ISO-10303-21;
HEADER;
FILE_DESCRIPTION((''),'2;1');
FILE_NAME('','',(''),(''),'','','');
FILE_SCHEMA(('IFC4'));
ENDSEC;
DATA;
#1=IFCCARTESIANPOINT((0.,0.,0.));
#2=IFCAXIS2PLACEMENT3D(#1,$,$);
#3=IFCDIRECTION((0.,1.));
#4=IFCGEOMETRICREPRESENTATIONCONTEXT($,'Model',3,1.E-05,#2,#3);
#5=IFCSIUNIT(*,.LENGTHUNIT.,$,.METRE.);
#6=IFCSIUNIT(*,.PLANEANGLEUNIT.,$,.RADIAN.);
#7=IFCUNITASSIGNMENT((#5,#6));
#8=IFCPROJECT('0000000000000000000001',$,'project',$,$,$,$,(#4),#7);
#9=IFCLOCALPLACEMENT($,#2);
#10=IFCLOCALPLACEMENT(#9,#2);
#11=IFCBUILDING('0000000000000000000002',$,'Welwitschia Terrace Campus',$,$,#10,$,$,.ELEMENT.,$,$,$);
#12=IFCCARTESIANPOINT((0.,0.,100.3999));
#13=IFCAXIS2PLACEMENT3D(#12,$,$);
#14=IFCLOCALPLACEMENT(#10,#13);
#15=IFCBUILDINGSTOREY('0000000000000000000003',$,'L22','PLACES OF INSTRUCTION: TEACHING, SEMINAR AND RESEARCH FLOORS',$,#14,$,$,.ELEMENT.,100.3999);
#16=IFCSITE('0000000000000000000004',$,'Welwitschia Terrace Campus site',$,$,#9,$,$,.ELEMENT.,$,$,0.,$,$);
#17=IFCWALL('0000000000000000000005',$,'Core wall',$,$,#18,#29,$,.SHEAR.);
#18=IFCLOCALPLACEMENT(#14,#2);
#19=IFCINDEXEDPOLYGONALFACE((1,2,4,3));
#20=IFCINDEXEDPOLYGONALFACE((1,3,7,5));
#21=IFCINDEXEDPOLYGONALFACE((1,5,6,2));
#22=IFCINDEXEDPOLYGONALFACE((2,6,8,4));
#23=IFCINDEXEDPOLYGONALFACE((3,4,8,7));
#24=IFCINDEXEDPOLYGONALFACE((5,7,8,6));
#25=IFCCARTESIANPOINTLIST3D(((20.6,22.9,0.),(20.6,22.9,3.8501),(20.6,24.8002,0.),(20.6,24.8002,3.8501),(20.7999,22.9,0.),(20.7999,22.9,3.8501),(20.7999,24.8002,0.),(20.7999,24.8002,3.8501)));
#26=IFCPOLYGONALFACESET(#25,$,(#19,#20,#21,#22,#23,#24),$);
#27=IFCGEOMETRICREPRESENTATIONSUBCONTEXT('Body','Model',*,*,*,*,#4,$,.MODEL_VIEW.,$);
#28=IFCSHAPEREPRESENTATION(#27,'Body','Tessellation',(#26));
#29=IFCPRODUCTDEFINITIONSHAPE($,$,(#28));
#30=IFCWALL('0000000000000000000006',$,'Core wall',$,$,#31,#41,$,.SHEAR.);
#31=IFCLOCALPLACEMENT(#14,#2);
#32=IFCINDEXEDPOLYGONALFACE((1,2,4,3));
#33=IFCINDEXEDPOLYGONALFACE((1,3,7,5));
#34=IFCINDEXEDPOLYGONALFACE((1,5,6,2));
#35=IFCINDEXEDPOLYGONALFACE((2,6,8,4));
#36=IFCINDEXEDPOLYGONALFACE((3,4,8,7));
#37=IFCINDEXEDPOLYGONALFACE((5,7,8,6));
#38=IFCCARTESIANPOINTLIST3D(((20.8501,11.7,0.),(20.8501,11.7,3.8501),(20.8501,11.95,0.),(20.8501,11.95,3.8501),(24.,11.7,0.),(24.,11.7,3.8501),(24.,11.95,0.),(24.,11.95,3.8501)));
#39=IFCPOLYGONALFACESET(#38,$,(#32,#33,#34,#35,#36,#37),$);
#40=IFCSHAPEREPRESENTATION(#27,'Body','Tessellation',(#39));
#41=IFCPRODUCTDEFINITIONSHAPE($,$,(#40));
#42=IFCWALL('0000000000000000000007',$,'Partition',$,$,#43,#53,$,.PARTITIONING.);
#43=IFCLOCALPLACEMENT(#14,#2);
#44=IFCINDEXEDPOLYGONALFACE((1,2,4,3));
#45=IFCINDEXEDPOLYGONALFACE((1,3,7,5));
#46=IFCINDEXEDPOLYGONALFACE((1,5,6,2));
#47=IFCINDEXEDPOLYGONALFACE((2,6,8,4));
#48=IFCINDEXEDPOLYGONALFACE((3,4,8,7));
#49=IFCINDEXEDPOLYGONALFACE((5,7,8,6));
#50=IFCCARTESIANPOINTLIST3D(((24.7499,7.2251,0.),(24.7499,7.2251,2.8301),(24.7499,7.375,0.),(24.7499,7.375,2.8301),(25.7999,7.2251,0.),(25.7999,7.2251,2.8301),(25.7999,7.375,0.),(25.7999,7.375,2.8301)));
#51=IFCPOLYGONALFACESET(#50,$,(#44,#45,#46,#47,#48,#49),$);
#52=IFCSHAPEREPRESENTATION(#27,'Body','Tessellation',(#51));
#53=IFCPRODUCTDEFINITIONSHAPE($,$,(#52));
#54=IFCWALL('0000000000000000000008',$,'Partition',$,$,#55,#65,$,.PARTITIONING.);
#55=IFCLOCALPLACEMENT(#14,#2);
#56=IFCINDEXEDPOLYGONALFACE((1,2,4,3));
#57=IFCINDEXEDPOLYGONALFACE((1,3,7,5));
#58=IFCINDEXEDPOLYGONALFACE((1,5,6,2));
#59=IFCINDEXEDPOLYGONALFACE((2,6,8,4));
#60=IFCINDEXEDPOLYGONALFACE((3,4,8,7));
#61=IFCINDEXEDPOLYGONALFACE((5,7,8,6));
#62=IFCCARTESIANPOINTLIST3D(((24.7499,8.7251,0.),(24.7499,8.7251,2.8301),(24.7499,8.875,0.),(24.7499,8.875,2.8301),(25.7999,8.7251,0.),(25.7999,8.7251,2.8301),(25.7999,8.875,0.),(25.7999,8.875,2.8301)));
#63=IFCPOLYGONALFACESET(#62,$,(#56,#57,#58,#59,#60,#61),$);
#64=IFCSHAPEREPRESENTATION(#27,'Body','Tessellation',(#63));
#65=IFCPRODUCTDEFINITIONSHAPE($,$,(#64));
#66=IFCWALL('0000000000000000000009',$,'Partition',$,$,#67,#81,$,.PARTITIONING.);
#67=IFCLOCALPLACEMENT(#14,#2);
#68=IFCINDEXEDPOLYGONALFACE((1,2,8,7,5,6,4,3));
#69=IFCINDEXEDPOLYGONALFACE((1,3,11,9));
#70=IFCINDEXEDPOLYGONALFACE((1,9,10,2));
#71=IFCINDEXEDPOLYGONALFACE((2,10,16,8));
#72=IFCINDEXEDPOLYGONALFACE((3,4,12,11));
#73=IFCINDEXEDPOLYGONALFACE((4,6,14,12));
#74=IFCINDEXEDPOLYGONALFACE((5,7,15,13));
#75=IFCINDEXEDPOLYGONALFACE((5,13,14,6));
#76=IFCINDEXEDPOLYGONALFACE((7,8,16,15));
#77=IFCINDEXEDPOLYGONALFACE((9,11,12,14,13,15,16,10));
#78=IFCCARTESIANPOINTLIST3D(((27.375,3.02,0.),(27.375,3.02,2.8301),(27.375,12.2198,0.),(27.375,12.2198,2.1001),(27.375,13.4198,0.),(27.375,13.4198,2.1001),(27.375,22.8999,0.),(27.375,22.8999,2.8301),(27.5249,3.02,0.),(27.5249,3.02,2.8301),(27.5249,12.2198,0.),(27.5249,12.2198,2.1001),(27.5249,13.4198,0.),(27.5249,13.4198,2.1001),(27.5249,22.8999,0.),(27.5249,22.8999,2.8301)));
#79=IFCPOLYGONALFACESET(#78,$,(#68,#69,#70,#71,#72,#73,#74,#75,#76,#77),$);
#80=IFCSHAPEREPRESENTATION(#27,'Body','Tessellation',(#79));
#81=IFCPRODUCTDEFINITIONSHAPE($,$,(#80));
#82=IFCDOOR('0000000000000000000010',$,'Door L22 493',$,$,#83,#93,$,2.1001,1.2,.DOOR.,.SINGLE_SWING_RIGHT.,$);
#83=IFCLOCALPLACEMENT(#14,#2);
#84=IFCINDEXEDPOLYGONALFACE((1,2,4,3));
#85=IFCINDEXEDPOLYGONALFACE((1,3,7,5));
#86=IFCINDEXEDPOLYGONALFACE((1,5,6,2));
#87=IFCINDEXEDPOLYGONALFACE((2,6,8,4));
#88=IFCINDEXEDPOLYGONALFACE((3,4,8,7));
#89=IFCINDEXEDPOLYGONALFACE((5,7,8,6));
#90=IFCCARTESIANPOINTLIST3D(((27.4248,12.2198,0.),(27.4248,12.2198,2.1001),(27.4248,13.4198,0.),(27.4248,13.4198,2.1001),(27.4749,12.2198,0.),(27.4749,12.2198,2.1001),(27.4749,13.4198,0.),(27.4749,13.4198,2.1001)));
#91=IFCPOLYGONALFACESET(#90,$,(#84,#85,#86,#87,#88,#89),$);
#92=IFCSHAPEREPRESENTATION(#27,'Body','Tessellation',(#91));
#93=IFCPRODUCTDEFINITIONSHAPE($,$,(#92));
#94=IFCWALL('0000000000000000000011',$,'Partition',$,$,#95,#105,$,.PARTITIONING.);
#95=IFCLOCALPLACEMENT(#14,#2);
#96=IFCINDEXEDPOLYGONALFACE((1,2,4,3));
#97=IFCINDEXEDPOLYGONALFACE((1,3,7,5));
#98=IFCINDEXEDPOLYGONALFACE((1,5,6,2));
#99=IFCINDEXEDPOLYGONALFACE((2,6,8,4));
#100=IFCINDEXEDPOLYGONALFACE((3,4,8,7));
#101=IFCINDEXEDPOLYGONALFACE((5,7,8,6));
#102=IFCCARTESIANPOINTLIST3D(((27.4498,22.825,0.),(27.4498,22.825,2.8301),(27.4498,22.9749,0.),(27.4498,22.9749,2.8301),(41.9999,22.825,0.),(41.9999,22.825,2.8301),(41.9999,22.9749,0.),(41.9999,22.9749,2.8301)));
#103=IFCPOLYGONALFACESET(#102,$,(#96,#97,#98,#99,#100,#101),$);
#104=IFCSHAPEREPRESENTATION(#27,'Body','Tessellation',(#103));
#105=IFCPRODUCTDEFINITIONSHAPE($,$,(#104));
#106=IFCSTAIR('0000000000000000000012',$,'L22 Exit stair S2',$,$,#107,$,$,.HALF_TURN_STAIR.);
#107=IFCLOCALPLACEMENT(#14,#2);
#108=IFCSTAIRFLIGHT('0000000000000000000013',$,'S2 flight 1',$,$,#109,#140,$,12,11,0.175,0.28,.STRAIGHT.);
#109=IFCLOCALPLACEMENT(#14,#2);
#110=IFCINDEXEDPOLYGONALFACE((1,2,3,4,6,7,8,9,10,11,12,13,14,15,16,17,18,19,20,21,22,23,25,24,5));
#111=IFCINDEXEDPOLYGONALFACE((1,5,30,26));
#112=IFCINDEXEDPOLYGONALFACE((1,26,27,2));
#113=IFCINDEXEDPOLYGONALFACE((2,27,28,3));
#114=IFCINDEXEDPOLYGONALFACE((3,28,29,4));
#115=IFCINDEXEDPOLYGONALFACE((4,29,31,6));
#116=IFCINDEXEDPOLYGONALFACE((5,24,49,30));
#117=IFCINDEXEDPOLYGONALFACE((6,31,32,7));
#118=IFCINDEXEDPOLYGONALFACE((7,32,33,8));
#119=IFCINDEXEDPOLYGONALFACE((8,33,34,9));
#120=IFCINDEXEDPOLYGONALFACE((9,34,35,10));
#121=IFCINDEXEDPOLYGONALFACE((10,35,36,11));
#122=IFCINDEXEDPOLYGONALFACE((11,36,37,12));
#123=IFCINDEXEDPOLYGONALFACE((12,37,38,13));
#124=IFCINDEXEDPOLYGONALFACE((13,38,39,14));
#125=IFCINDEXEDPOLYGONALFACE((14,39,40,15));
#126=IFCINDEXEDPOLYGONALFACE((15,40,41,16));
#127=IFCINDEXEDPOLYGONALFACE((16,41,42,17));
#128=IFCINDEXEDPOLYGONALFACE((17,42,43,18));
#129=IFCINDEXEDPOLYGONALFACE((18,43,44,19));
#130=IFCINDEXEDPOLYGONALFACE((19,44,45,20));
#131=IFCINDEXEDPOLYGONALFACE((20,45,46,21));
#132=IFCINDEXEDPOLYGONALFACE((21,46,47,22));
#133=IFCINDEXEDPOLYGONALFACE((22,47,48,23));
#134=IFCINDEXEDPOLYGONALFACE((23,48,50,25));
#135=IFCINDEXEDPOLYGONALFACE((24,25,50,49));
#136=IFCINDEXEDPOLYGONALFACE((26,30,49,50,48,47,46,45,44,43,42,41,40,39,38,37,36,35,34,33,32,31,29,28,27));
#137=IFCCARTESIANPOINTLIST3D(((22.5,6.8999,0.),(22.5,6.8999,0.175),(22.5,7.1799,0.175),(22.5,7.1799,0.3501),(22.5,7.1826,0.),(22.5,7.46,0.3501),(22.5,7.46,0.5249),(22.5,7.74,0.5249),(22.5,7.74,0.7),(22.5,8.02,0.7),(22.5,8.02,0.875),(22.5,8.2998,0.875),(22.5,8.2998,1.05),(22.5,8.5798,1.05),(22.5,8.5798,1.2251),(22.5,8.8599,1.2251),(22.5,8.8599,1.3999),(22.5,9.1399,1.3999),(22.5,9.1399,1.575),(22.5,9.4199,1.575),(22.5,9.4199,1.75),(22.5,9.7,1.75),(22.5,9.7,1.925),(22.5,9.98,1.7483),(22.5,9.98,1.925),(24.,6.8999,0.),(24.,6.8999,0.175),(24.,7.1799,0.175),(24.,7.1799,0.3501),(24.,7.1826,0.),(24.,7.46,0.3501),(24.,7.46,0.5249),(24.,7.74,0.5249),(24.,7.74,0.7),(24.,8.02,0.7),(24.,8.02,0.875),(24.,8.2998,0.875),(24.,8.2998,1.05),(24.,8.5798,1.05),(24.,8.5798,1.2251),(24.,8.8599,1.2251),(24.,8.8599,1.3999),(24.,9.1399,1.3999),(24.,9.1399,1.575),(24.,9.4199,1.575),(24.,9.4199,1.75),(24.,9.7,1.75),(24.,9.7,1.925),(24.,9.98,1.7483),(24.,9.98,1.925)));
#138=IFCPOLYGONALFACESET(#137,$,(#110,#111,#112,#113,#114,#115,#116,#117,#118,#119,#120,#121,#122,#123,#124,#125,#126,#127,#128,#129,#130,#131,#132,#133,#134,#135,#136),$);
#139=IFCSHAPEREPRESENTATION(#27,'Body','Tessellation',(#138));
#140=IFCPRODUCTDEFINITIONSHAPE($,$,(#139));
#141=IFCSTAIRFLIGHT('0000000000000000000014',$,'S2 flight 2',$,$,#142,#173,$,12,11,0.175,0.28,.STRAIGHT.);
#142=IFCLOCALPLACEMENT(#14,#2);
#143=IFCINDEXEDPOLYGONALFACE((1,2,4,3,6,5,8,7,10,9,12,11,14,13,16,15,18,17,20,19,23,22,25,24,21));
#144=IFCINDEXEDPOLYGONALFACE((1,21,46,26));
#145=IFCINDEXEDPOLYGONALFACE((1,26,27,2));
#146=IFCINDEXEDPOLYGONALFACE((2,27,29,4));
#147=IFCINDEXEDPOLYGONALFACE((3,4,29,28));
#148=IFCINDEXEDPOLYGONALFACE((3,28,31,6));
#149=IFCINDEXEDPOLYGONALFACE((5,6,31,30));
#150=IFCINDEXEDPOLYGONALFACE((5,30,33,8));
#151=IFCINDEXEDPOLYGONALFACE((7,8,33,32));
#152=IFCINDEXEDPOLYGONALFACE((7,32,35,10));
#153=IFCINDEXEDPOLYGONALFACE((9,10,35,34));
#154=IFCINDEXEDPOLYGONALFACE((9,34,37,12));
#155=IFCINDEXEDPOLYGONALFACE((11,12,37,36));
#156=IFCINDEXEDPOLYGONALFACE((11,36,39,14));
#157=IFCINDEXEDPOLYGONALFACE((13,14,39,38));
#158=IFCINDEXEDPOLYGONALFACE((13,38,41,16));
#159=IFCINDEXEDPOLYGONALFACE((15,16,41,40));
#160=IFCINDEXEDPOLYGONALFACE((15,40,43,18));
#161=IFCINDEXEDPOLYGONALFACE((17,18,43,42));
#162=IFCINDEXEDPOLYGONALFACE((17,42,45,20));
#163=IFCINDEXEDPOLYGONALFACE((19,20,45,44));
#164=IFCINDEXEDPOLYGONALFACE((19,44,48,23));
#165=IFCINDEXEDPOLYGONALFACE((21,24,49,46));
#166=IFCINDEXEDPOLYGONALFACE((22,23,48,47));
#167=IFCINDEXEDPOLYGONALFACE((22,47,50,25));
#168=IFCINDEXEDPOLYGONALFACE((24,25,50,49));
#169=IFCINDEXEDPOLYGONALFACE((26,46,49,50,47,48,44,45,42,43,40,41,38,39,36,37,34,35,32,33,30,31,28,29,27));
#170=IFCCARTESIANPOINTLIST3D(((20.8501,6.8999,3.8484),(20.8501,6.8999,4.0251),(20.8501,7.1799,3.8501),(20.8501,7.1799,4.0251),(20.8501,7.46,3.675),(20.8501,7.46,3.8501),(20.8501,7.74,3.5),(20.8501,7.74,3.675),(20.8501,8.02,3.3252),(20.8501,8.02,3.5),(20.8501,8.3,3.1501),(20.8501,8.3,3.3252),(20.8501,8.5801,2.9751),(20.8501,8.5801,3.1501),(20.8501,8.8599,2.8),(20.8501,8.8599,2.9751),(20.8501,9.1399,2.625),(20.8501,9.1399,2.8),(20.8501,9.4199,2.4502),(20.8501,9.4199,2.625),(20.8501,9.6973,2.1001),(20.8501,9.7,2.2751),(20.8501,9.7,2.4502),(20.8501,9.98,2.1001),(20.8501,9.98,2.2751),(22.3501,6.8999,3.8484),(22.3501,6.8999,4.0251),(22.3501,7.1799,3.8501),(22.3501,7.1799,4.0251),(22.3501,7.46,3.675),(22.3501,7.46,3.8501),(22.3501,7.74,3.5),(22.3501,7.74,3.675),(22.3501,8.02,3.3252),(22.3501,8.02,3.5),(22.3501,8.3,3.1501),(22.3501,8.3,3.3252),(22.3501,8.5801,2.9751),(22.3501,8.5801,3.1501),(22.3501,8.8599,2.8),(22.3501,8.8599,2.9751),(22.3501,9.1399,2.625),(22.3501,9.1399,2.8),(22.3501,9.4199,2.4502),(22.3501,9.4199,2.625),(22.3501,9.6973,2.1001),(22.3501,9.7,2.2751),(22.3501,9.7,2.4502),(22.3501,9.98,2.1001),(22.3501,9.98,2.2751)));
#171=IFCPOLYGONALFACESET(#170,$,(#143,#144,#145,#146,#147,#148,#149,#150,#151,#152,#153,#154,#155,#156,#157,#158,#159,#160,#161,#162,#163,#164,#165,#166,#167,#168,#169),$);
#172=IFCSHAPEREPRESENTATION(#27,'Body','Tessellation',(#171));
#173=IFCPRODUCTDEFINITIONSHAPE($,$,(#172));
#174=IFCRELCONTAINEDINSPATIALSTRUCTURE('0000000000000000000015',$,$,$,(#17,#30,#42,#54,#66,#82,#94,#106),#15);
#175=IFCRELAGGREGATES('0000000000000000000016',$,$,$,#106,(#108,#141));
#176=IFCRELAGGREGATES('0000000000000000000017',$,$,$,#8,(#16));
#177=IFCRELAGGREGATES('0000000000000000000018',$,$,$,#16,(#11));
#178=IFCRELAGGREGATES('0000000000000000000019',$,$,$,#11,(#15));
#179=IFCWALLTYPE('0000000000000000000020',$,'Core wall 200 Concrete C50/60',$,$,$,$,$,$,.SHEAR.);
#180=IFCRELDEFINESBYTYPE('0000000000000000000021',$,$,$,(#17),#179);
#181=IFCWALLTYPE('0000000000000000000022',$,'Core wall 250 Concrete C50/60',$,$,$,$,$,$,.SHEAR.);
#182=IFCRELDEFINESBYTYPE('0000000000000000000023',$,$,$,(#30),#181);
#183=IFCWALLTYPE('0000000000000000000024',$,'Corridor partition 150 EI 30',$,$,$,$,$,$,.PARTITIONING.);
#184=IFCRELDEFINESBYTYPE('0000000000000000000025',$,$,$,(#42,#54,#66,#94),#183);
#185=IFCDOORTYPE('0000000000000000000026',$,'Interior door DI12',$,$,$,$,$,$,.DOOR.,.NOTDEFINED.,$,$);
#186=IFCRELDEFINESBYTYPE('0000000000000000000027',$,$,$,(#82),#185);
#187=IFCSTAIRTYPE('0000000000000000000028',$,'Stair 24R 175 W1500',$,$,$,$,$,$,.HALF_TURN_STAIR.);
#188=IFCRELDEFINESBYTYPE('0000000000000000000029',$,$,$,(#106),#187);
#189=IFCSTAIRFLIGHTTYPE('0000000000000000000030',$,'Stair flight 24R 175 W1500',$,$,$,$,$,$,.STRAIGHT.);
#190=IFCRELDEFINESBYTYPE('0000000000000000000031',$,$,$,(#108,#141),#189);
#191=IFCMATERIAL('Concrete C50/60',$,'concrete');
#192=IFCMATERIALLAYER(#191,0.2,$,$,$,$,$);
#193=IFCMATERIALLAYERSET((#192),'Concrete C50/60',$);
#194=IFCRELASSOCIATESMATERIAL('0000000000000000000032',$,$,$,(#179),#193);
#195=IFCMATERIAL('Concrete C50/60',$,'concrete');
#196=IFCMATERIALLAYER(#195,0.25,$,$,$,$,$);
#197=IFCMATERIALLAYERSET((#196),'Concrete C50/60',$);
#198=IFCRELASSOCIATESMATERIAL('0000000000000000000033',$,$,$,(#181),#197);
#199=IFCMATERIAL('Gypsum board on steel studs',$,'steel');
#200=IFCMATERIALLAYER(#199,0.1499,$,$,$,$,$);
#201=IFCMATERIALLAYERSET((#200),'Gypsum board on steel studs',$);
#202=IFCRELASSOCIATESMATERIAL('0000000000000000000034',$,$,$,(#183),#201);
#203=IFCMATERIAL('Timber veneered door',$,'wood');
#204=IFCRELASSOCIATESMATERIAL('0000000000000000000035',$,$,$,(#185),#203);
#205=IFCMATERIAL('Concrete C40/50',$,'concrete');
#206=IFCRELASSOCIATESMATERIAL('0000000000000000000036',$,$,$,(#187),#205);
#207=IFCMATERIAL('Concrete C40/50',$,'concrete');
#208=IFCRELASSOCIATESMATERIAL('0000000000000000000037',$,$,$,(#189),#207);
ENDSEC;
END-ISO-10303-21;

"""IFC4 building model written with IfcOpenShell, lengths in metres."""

from ifc_helpers import new_model, si_unit, direction, frame, frame_2d, origin, place, context, subcontext, project, spatial, polyline, rectangle, outline, extrude, material, layer, layer_set, type_object, element, fill, aggregate, save


model = new_model("IFC4")

# Units and contexts
model_context = context("Model", 3, precision=1e-05, world=origin(), true_north=direction((0.0, 1.0)))
body_context = subcontext(model_context, "Body", "Model", "MODEL_VIEW")
ifc_project = project(units=[si_unit("LENGTHUNIT", "METRE"), si_unit("PLANEANGLEUNIT", "RADIAN")], contexts=[model_context])

# Site, building, storey
site_placement = place(None, origin())
site = spatial("IfcSite", under=ifc_project, at=site_placement, Name="Welwitschia Terrace Campus site", CompositionType="ELEMENT", RefElevation=0.0)
building_placement = place(site_placement, origin())
building = spatial("IfcBuilding", under=site, at=building_placement, Name="Welwitschia Terrace Campus", CompositionType="ELEMENT")
storey_placement = place(building_placement, frame((0.0, 0.0, 100.3999)))
storey = spatial("IfcBuildingStorey", under=building, at=storey_placement, Name="L22", Description="PLACES OF INSTRUCTION: TEACHING, SEMINAR AND RESEARCH FLOORS", CompositionType="ELEMENT", Elevation=100.3999)

# Walls
ifc_material_1 = material(Name="Concrete C50/60", Category="concrete")
ifc_layer_1 = layer(ifc_material_1, 0.2)
ifc_layer_set_1 = layer_set([ifc_layer_1], Name="Concrete C50/60")
wall_type_1 = type_object("IfcWallType", Name="Core wall 200 Concrete C50/60", PredefinedType="SHEAR", material=ifc_layer_set_1)
wall_1_placement = place(storey_placement, frame((20.7, 22.8999, 0.0), z_axis=(0.0, 0.0, 1.0), x_axis=(0.0, 1.0, 0.0)))
element("IfcWall", 1, at=wall_1_placement, inside=storey, type_object=wall_type_1, Name="Core wall", PredefinedType="SHEAR", context=body_context, shape_type="SweptSolid", body=[
    extrude(rectangle(XDim=1.9001, YDim=0.2, at=frame_2d((0.9502, 0.0))), origin(), (0.0, 0.0, 1.0), 3.8501),
])
ifc_material_2 = material(Name="Concrete C50/60", Category="concrete")
ifc_layer_2 = layer(ifc_material_2, 0.25)
ifc_layer_set_2 = layer_set([ifc_layer_2], Name="Concrete C50/60")
wall_type_2 = type_object("IfcWallType", Name="Core wall 250 Concrete C50/60", PredefinedType="SHEAR", material=ifc_layer_set_2)
wall_2_placement = place(storey_placement, frame((20.8501, 11.825, 0.0), z_axis=(0.0, 0.0, 1.0), x_axis=(1.0, 0.0, 0.0)))
element("IfcWall", 2, at=wall_2_placement, inside=storey, type_object=wall_type_2, Name="Core wall", PredefinedType="SHEAR", context=body_context, shape_type="SweptSolid", body=[
    extrude(rectangle(XDim=3.1499, YDim=0.25, at=frame_2d((1.575, 0.0))), origin(), (0.0, 0.0, 1.0), 3.8501),
])
ifc_material_3 = material(Name="Gypsum board on steel studs", Category="steel")
ifc_layer_3 = layer(ifc_material_3, 0.1499)
ifc_layer_set_3 = layer_set([ifc_layer_3], Name="Gypsum board on steel studs")
wall_type_3 = type_object("IfcWallType", Name="Corridor partition 150 EI 30", PredefinedType="PARTITIONING", material=ifc_layer_set_3)
for number, where, z_axis, x_axis, name in (
    (3, (24.75, 7.3, 0.0), (0.0, 0.0, 1.0), (1.0, 0.0, 0.0), "Partition"),
    (4, (24.75, 8.8, 0.0), (0.0, 0.0, 1.0), (1.0, 0.0, 0.0), "Partition"),
):
    element("IfcWall", number, at=place(storey_placement, frame(where, z_axis=z_axis, x_axis=x_axis)), inside=storey, type_object=wall_type_3, Name=name, PredefinedType="PARTITIONING", context=body_context, shape_type="SweptSolid", body=[
        extrude(rectangle(XDim=1.05, YDim=0.1499, at=frame_2d((0.5249, 0.0))), origin(), (0.0, 0.0, 1.0), 2.8301),
    ])

# Wall, opening, door
wall_3_placement = place(storey_placement, frame((27.45, 22.8999, 0.0), z_axis=(0.0, 0.0, 1.0), x_axis=(0.0, -1.0, 0.0)))
wall_3 = element("IfcWall", 5, at=wall_3_placement, inside=storey, type_object=wall_type_3, Name="Partition", PredefinedType="PARTITIONING", context=body_context, shape_type="SweptSolid", body=[
    extrude(rectangle(XDim=19.8799, YDim=0.1499, at=frame_2d((9.9399, 0.0))), origin(), (0.0, 0.0, 1.0), 2.8301),
])
opening_1_placement = place(wall_3_placement, frame((9.48, 0.0, 0.0)))
opening_1 = element("IfcOpeningElement", 6, at=opening_1_placement, cuts=wall_3, PredefinedType="OPENING", context=body_context, shape_type="SweptSolid", body=[
    extrude(rectangle(XDim=1.2, YDim=2.1001, at=frame_2d((0.6001, 1.05))), frame((0.0, 0.085, 0.0), z_axis=(0.0, -1.0, 0.0), x_axis=(1.0, 0.0, 0.0)), (0.0, 0.0, 1.0), 0.1699),
])
ifc_material_4 = material(Name="Timber veneered door", Category="wood")
door_type_1 = type_object("IfcDoorType", Name="Interior door DI12", OperationType="NOTDEFINED", PredefinedType="DOOR", material=ifc_material_4)
door_1_placement = place(opening_1_placement, origin())
door_1 = element("IfcDoor", 7, at=door_1_placement, inside=storey, type_object=door_type_1, Name="Door L22 493", OperationType="SINGLE_SWING_RIGHT", OverallHeight=2.1001, OverallWidth=1.2, PredefinedType="DOOR", context=body_context, shape_type="SweptSolid", body=[
    extrude(rectangle(XDim=1.2, YDim=2.1001, at=frame_2d((0.6001, 1.05))), frame((0.0, 0.0249, 0.0), z_axis=(0.0, -1.0, 0.0), x_axis=(1.0, 0.0, 0.0)), (0.0, 0.0, 1.0), 0.05),
])
fill(opening_1, door_1)

# Wall
wall_4_placement = place(storey_placement, frame((27.45, 22.8999, 0.0), z_axis=(0.0, 0.0, 1.0), x_axis=(1.0, 0.0, 0.0)))
element("IfcWall", 8, at=wall_4_placement, inside=storey, type_object=wall_type_3, Name="Partition", PredefinedType="PARTITIONING", context=body_context, shape_type="SweptSolid", body=[
    extrude(rectangle(XDim=14.55, YDim=0.1499, at=frame_2d((7.2749, 0.0))), origin(), (0.0, 0.0, 1.0), 2.8301),
])

# Stair, stair flights
ifc_material_5 = material(Name="Concrete C40/50", Category="concrete")
stair_type = type_object("IfcStairType", Name="Stair 24R 175 W1500", PredefinedType="HALF_TURN_STAIR", material=ifc_material_5)
stair_placement = place(storey_placement, origin())
stair = element("IfcStair", 9, at=stair_placement, inside=storey, type_object=stair_type, Name="L22 Exit stair S2", PredefinedType="HALF_TURN_STAIR")
ifc_material_6 = material(Name="Concrete C40/50", Category="concrete")
stair_flight_type = type_object("IfcStairFlightType", Name="Stair flight 24R 175 W1500", PredefinedType="STRAIGHT", material=ifc_material_6)
stair_flight_1_placement = place(storey_placement, frame((23.25, 6.8999, 0.0), z_axis=(0.0, 0.0, 1.0), x_axis=(0.0, 1.0, 0.0)))
stair_flight_1 = element("IfcStairFlight", 10, at=stair_flight_1_placement, type_object=stair_flight_type, Name="S2 flight 1", NumberOfRisers=12, NumberOfTreads=11, PredefinedType="STRAIGHT", RiserHeight=0.175, TreadLength=0.28, context=body_context, shape_type="SweptSolid", body=[
    extrude(outline(polyline([(0.0, 0.0), (0.0, 0.175), (0.28, 0.175), (0.28, 0.3501), (0.5601, 0.3501), (0.5601, 0.5249), (0.8401, 0.5249), (0.8401, 0.7), (1.1201, 0.7), (1.1201, 0.875), (1.3999, 0.875), (1.3999, 1.05), (1.6799, 1.05), (1.6799, 1.2251), (1.96, 1.2251), (1.96, 1.3999), (2.24, 1.3999), (2.24, 1.575), (2.52, 1.575), (2.52, 1.75), (2.8, 1.75), (2.8, 1.925), (3.0801, 1.925), (3.0801, 2.1001), (3.0801, 1.7483), (0.2827, 0.0), (0.0, 0.0)])), frame((0.0, 0.75, 0.0), z_axis=(0.0, -1.0, 0.0), x_axis=(1.0, 0.0, 0.0)), (0.0, 0.0, 1.0), 1.5),
])
stair_flight_2_placement = place(storey_placement, frame((21.6001, 9.98, 2.1001), z_axis=(0.0, 0.0, 1.0), x_axis=(0.0, -1.0, 0.0)))
stair_flight_2 = element("IfcStairFlight", 11, at=stair_flight_2_placement, type_object=stair_flight_type, Name="S2 flight 2", NumberOfRisers=12, NumberOfTreads=11, PredefinedType="STRAIGHT", RiserHeight=0.175, TreadLength=0.28, context=body_context, shape_type="SweptSolid", body=[
    extrude(outline(polyline([(0.0, 0.0), (0.0, 0.175), (0.28, 0.175), (0.28, 0.3501), (0.5601, 0.3501), (0.5601, 0.5249), (0.8401, 0.5249), (0.8401, 0.7), (1.1201, 0.7), (1.1201, 0.875), (1.3999, 0.875), (1.3999, 1.05), (1.6799, 1.05), (1.6799, 1.2251), (1.96, 1.2251), (1.96, 1.3999), (2.24, 1.3999), (2.24, 1.575), (2.52, 1.575), (2.52, 1.75), (2.8, 1.75), (2.8, 1.925), (3.0801, 1.925), (3.0801, 2.1001), (3.0801, 1.7483), (0.2827, 0.0), (0.0, 0.0)])), frame((0.0, 0.75, 0.0), z_axis=(0.0, -1.0, 0.0), x_axis=(1.0, 0.0, 0.0)), (0.0, 0.0, 1.0), 1.5),
])
aggregate(stair, [stair_flight_1, stair_flight_2])

save(model, "model.ifc")
